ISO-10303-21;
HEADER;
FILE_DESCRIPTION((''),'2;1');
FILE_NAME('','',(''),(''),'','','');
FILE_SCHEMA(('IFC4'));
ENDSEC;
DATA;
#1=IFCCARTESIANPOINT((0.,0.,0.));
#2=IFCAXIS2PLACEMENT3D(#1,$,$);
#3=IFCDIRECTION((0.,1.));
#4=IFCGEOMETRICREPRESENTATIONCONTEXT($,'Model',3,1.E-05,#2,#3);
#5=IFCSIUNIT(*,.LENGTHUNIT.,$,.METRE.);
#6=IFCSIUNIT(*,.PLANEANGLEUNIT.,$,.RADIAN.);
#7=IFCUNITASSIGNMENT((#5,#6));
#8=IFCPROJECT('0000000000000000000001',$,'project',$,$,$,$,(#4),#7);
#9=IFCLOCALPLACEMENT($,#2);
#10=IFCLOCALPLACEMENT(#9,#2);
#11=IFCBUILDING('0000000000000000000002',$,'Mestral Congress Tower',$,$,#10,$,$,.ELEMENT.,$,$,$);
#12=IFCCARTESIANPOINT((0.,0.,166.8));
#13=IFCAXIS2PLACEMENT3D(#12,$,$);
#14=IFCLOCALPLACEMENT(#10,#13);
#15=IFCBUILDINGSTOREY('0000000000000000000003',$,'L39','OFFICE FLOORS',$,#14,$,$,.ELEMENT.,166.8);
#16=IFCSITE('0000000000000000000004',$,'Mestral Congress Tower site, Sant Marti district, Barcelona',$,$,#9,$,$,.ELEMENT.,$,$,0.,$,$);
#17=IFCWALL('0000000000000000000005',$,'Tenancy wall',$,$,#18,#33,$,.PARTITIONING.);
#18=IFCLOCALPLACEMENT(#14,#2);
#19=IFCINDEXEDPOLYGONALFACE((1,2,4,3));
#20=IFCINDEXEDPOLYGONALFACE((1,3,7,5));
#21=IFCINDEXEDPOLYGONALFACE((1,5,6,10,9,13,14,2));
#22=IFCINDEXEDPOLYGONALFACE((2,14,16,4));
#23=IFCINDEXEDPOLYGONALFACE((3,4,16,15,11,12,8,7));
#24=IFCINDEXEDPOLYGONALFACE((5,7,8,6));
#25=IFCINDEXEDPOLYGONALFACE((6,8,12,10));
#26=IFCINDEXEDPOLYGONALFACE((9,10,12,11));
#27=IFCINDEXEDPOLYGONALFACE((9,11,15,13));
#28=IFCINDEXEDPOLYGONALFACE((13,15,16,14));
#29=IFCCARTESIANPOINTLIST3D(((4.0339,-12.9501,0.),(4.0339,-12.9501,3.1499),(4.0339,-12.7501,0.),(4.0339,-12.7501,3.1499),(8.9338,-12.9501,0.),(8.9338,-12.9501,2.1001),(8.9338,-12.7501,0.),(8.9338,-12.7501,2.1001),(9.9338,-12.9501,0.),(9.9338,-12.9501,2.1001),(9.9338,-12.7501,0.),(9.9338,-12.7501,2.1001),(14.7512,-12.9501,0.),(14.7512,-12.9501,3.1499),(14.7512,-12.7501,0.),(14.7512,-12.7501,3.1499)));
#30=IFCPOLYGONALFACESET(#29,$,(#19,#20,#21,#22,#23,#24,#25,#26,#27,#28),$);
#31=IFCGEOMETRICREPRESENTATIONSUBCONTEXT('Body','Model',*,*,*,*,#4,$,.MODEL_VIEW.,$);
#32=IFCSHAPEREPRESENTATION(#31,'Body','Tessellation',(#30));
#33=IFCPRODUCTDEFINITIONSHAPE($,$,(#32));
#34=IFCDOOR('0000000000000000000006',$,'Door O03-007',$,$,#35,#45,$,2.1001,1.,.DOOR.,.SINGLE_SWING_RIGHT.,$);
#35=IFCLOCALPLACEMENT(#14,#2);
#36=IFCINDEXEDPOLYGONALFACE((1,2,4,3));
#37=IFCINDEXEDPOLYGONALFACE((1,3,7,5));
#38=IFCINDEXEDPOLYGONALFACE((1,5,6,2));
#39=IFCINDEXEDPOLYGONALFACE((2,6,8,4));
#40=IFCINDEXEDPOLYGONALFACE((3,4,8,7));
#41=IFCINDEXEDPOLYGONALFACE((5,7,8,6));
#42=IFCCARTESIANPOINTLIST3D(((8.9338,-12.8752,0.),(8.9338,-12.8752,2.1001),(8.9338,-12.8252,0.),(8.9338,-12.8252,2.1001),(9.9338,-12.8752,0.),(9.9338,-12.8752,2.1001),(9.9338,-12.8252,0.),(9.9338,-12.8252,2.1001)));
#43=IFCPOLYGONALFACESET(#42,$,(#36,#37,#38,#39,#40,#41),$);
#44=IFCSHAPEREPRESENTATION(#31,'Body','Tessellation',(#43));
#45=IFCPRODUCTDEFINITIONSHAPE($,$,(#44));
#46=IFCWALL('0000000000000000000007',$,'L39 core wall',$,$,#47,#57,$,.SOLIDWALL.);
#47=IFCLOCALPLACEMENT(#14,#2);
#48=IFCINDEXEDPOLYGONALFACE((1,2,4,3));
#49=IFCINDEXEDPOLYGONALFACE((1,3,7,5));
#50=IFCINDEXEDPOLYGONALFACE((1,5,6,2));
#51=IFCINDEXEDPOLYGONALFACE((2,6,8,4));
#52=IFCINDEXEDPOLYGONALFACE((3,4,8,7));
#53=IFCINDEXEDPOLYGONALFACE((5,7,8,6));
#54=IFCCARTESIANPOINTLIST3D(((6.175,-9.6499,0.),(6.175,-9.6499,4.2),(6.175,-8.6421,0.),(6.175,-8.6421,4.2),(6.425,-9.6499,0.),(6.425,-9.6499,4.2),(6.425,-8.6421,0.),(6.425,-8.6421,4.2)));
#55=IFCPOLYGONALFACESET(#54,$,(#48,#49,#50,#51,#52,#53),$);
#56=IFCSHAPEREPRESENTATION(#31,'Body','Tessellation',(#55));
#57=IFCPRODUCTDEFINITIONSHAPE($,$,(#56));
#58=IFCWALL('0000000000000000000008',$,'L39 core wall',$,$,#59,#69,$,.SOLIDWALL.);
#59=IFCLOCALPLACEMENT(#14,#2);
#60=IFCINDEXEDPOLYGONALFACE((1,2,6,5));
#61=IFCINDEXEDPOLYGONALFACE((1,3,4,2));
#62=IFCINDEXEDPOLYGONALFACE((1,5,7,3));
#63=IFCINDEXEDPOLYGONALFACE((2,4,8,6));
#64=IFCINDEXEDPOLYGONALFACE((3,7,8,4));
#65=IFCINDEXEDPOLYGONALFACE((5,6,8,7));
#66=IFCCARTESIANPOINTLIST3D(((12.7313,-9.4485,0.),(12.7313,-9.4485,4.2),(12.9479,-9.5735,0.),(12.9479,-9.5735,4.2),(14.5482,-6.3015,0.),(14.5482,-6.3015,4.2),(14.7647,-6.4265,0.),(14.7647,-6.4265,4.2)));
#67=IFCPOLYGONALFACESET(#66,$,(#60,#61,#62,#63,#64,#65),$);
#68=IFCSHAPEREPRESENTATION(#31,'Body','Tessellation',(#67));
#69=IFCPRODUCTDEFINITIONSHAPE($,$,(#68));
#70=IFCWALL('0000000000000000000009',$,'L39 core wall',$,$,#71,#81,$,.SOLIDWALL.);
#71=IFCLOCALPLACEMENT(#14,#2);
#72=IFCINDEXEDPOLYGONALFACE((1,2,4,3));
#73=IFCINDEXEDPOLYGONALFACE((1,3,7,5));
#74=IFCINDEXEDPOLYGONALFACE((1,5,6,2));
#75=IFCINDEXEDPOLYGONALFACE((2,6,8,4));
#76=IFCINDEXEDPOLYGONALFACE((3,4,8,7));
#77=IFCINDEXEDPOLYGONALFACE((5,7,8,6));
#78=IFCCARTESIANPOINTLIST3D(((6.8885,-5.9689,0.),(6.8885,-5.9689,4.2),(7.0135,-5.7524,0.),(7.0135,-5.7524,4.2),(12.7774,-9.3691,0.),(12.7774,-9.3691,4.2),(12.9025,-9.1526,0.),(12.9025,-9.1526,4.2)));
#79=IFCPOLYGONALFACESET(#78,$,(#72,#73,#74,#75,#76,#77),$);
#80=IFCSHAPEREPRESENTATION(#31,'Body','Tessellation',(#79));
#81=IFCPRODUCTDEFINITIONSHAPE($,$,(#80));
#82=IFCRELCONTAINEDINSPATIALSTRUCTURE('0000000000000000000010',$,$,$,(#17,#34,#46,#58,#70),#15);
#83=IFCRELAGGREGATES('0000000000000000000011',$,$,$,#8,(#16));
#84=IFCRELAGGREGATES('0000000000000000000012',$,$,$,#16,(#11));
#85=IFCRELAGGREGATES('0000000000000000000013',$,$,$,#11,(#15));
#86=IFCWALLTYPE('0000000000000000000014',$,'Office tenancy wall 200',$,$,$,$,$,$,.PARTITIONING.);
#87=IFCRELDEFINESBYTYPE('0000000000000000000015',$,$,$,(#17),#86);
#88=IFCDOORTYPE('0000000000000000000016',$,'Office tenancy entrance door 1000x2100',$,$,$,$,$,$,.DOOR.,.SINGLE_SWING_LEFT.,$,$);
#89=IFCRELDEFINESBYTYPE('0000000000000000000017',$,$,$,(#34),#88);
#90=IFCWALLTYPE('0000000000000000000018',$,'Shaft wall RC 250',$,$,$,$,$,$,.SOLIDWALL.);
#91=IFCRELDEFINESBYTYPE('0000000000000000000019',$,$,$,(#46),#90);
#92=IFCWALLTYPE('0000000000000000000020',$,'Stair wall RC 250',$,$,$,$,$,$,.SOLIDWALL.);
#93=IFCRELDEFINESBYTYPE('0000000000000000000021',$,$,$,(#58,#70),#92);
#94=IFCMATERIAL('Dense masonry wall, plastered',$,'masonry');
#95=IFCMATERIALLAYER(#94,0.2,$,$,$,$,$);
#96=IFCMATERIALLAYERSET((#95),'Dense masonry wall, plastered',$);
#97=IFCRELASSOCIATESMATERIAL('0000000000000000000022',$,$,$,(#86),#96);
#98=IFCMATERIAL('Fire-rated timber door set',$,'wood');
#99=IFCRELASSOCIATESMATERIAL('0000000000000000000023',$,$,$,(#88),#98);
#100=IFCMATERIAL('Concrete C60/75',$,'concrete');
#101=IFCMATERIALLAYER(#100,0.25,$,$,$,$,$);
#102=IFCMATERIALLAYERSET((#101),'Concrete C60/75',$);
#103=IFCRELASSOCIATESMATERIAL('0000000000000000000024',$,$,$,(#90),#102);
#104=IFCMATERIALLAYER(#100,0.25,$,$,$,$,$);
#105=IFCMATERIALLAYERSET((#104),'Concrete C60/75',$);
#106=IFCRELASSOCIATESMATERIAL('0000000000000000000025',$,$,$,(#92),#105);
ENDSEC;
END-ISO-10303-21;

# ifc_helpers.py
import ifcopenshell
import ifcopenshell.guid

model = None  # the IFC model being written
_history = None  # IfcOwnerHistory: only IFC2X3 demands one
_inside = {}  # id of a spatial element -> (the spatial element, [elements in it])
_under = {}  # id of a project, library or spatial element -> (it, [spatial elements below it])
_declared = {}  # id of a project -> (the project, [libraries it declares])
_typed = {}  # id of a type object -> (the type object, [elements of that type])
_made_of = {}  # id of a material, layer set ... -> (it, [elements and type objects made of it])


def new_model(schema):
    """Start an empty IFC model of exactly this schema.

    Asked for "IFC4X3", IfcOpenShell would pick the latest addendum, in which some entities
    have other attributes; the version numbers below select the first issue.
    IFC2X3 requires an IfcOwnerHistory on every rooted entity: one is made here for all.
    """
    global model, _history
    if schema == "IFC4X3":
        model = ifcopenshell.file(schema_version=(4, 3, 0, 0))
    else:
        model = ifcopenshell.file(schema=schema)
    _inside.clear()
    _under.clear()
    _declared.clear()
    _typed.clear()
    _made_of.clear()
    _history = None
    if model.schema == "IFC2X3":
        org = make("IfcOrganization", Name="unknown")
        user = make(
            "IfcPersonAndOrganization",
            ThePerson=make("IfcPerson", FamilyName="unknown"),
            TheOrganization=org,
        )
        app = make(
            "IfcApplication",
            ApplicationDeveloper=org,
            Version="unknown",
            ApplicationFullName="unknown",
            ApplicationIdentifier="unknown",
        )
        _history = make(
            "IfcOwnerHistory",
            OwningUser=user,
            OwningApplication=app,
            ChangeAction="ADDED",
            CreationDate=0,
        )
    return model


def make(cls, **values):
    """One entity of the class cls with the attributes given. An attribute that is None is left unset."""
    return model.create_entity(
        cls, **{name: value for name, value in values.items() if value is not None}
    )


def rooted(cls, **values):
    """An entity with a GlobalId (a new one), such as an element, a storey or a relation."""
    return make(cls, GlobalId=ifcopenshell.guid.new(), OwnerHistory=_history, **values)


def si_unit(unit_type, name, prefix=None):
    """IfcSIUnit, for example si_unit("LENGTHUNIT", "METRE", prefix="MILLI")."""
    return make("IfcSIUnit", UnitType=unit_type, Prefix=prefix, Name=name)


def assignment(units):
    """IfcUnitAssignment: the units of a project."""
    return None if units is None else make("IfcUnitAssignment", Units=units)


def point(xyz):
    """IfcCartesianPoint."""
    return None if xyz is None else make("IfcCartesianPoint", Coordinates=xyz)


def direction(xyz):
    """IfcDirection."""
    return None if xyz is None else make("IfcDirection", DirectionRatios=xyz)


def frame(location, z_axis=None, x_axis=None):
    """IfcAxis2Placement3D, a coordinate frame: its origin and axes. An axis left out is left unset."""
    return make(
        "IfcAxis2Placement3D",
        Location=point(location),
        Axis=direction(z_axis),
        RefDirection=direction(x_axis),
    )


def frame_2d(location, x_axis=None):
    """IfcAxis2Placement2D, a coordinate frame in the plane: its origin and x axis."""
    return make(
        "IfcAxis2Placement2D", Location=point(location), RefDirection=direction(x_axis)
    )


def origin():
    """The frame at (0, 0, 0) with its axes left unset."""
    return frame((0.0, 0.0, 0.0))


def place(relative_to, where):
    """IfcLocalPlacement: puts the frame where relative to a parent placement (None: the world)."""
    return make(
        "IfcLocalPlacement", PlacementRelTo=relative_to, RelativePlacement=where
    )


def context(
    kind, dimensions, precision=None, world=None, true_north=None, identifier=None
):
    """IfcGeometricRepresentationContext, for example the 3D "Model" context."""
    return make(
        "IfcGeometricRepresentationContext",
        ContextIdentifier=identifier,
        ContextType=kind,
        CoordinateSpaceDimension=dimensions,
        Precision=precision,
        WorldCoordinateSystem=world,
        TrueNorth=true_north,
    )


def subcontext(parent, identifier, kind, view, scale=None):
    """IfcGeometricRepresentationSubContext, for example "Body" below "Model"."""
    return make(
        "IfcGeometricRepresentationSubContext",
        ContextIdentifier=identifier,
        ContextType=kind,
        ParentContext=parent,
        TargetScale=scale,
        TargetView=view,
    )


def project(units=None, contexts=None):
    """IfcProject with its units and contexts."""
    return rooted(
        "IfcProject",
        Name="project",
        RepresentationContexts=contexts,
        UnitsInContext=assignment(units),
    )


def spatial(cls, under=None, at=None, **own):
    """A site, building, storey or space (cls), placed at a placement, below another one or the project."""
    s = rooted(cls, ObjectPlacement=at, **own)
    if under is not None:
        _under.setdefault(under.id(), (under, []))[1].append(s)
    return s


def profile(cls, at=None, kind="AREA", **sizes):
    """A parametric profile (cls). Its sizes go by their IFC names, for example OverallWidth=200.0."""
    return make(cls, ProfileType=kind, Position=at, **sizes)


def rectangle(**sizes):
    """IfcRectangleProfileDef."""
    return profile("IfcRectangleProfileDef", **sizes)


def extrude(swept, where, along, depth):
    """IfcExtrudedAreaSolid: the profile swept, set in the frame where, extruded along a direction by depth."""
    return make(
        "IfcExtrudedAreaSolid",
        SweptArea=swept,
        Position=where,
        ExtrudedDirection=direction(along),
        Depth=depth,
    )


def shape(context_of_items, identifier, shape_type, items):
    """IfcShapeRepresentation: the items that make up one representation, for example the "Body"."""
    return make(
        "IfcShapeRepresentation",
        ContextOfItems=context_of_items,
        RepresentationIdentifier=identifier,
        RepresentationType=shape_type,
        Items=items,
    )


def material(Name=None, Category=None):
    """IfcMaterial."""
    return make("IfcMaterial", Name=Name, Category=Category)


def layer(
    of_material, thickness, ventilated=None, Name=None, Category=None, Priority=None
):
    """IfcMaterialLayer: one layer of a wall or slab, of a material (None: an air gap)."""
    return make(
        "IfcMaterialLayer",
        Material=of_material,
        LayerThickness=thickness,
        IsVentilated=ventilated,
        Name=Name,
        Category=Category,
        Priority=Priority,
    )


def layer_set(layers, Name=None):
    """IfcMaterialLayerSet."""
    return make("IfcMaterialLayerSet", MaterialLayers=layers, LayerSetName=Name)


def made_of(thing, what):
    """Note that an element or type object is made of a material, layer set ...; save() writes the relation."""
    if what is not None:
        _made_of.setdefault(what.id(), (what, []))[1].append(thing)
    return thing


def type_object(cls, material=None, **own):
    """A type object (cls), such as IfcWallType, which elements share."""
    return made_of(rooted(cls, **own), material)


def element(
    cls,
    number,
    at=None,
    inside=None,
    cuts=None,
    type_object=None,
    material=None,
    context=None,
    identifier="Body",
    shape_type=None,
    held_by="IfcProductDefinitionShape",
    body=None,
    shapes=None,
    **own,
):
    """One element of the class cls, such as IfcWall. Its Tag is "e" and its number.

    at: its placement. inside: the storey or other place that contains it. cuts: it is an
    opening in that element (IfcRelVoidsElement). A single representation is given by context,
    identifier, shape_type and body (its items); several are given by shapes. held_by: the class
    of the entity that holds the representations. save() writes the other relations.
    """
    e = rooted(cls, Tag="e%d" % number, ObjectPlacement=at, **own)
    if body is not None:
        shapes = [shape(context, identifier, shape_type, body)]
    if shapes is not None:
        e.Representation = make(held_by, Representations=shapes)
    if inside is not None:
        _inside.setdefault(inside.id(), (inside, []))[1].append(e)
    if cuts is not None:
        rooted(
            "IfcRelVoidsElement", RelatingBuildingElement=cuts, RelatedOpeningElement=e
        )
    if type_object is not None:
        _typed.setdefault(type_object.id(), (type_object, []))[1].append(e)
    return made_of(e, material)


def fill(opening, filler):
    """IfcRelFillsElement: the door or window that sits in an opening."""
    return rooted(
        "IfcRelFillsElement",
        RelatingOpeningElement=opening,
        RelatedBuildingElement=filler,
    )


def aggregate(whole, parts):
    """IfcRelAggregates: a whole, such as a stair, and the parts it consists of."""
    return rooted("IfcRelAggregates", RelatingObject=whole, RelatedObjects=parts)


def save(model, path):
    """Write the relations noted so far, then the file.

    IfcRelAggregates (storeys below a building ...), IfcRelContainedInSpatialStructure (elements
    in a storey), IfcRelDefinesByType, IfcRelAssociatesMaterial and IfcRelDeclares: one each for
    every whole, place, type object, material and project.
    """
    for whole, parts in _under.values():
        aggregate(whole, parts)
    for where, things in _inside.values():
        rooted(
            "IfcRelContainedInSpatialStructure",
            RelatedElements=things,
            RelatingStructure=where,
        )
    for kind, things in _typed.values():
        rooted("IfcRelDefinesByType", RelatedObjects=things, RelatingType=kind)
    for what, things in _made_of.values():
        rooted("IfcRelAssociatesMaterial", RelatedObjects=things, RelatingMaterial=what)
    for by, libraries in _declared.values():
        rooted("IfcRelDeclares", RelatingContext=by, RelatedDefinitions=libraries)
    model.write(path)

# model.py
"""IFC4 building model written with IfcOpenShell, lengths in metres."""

from ifc_helpers import new_model, si_unit, direction, frame, frame_2d, origin, place, context, subcontext, project, spatial, rectangle, extrude, material, layer, layer_set, type_object, element, fill, save


model = new_model("IFC4")

# Units and contexts
model_context = context("Model", 3, precision=1e-05, world=origin(), true_north=direction((0.0, 1.0)))
body_context = subcontext(model_context, "Body", "Model", "MODEL_VIEW")
ifc_project = project(units=[si_unit("LENGTHUNIT", "METRE"), si_unit("PLANEANGLEUNIT", "RADIAN")], contexts=[model_context])

# Site, building, storey
site_placement = place(None, origin())
site = spatial("IfcSite", under=ifc_project, at=site_placement, Name="Mestral Congress Tower site, Sant Marti district, Barcelona", CompositionType="ELEMENT", RefElevation=0.0)
building_placement = place(site_placement, origin())
building = spatial("IfcBuilding", under=site, at=building_placement, Name="Mestral Congress Tower", CompositionType="ELEMENT")
storey_placement = place(building_placement, frame((0.0, 0.0, 166.8)))
storey = spatial("IfcBuildingStorey", under=building, at=storey_placement, Name="L39", Description="OFFICE FLOORS", CompositionType="ELEMENT", Elevation=166.8)

# Shared definitions
ifc_material_1 = material(Name="Concrete C60/75", Category="concrete")

# Wall, opening, door
ifc_material_2 = material(Name="Dense masonry wall, plastered", Category="masonry")
ifc_layer_1 = layer(ifc_material_2, 0.2)
ifc_layer_set_1 = layer_set([ifc_layer_1], Name="Dense masonry wall, plastered")
wall_type_1 = type_object("IfcWallType", Name="Office tenancy wall 200", PredefinedType="PARTITIONING", material=ifc_layer_set_1)
wall_1_placement = place(storey_placement, frame((4.0339, -12.8501, 0.0), z_axis=(0.0, 0.0, 1.0), x_axis=(1.0, 0.0, 0.0)))
wall_1 = element("IfcWall", 1, at=wall_1_placement, inside=storey, type_object=wall_type_1, Name="Tenancy wall", PredefinedType="PARTITIONING", context=body_context, shape_type="SweptSolid", body=[
    extrude(rectangle(XDim=10.7173, YDim=0.2, at=frame_2d((5.3586, 0.0))), origin(), (0.0, 0.0, 1.0), 3.1499),
])
opening_1_placement = place(wall_1_placement, frame((4.8999, 0.0, 0.0)))
opening_1 = element("IfcOpeningElement", 2, at=opening_1_placement, cuts=wall_1, PredefinedType="OPENING", context=body_context, shape_type="SweptSolid", body=[
    extrude(rectangle(XDim=1.0, YDim=2.1001, at=frame_2d((0.5, 1.05))), frame((0.0, 0.1099, 0.0), z_axis=(0.0, -1.0, 0.0), x_axis=(1.0, 0.0, 0.0)), (0.0, 0.0, 1.0), 0.22),
])
ifc_material_3 = material(Name="Fire-rated timber door set", Category="wood")
door_type_1 = type_object("IfcDoorType", Name="Office tenancy entrance door 1000x2100", OperationType="SINGLE_SWING_LEFT", PredefinedType="DOOR", material=ifc_material_3)
door_1_placement = place(opening_1_placement, origin())
door_1 = element("IfcDoor", 3, at=door_1_placement, inside=storey, type_object=door_type_1, Name="Door O03-007", OperationType="SINGLE_SWING_RIGHT", OverallHeight=2.1001, OverallWidth=1.0, PredefinedType="DOOR", context=body_context, shape_type="SweptSolid", body=[
    extrude(rectangle(XDim=1.0, YDim=2.1001, at=frame_2d((0.5, 1.05))), frame((0.0, 0.0249, 0.0), z_axis=(0.0, -1.0, 0.0), x_axis=(1.0, 0.0, 0.0)), (0.0, 0.0, 1.0), 0.05),
])
fill(opening_1, door_1)

# Walls
ifc_layer_2 = layer(ifc_material_1, 0.25)
ifc_layer_set_2 = layer_set([ifc_layer_2], Name="Concrete C60/75")
wall_type_2 = type_object("IfcWallType", Name="Shaft wall RC 250", PredefinedType="SOLIDWALL", material=ifc_layer_set_2)
wall_2_placement = place(storey_placement, frame((6.3, -9.6499, 0.0), z_axis=(0.0, 0.0, 1.0), x_axis=(0.0, 1.0, 0.0)))
element("IfcWall", 4, at=wall_2_placement, inside=storey, type_object=wall_type_2, Name="L39 core wall", PredefinedType="SOLIDWALL", context=body_context, shape_type="SweptSolid", body=[
    extrude(rectangle(XDim=1.0078, YDim=0.25, at=frame_2d((0.5039, 0.0))), origin(), (0.0, 0.0, 1.0), 4.2),
])
ifc_layer_3 = layer(ifc_material_1, 0.25)
ifc_layer_set_3 = layer_set([ifc_layer_3], Name="Concrete C60/75")
wall_type_3 = type_object("IfcWallType", Name="Stair wall RC 250", PredefinedType="SOLIDWALL", material=ifc_layer_set_3)
wall_3_placement = place(storey_placement, frame((12.8396, -9.511, 0.0), z_axis=(0.0, 0.0, 1.0), x_axis=(0.499998, 0.866027, 0.0)))
element("IfcWall", 5, at=wall_3_placement, inside=storey, type_object=wall_type_3, Name="L39 core wall", PredefinedType="SOLIDWALL", context=body_context, shape_type="SweptSolid", body=[
    extrude(rectangle(XDim=3.6338, YDim=0.25, at=frame_2d((1.8169, 0.0))), origin(), (0.0, 0.0, 1.0), 4.2),
])
wall_4_placement = place(storey_placement, frame((12.8398, -9.2607, 0.0), z_axis=(0.0, 0.0, 1.0), x_axis=(-0.866014, 0.50002, 0.0)))
element("IfcWall", 6, at=wall_4_placement, inside=storey, type_object=wall_type_3, Name="L39 core wall", PredefinedType="SOLIDWALL", context=body_context, shape_type="SweptSolid", body=[
    extrude(rectangle(XDim=6.8, YDim=0.25, at=frame_2d((3.3999, 0.0))), origin(), (0.0, 0.0, 1.0), 4.2),
])

save(model, "model.ifc")
